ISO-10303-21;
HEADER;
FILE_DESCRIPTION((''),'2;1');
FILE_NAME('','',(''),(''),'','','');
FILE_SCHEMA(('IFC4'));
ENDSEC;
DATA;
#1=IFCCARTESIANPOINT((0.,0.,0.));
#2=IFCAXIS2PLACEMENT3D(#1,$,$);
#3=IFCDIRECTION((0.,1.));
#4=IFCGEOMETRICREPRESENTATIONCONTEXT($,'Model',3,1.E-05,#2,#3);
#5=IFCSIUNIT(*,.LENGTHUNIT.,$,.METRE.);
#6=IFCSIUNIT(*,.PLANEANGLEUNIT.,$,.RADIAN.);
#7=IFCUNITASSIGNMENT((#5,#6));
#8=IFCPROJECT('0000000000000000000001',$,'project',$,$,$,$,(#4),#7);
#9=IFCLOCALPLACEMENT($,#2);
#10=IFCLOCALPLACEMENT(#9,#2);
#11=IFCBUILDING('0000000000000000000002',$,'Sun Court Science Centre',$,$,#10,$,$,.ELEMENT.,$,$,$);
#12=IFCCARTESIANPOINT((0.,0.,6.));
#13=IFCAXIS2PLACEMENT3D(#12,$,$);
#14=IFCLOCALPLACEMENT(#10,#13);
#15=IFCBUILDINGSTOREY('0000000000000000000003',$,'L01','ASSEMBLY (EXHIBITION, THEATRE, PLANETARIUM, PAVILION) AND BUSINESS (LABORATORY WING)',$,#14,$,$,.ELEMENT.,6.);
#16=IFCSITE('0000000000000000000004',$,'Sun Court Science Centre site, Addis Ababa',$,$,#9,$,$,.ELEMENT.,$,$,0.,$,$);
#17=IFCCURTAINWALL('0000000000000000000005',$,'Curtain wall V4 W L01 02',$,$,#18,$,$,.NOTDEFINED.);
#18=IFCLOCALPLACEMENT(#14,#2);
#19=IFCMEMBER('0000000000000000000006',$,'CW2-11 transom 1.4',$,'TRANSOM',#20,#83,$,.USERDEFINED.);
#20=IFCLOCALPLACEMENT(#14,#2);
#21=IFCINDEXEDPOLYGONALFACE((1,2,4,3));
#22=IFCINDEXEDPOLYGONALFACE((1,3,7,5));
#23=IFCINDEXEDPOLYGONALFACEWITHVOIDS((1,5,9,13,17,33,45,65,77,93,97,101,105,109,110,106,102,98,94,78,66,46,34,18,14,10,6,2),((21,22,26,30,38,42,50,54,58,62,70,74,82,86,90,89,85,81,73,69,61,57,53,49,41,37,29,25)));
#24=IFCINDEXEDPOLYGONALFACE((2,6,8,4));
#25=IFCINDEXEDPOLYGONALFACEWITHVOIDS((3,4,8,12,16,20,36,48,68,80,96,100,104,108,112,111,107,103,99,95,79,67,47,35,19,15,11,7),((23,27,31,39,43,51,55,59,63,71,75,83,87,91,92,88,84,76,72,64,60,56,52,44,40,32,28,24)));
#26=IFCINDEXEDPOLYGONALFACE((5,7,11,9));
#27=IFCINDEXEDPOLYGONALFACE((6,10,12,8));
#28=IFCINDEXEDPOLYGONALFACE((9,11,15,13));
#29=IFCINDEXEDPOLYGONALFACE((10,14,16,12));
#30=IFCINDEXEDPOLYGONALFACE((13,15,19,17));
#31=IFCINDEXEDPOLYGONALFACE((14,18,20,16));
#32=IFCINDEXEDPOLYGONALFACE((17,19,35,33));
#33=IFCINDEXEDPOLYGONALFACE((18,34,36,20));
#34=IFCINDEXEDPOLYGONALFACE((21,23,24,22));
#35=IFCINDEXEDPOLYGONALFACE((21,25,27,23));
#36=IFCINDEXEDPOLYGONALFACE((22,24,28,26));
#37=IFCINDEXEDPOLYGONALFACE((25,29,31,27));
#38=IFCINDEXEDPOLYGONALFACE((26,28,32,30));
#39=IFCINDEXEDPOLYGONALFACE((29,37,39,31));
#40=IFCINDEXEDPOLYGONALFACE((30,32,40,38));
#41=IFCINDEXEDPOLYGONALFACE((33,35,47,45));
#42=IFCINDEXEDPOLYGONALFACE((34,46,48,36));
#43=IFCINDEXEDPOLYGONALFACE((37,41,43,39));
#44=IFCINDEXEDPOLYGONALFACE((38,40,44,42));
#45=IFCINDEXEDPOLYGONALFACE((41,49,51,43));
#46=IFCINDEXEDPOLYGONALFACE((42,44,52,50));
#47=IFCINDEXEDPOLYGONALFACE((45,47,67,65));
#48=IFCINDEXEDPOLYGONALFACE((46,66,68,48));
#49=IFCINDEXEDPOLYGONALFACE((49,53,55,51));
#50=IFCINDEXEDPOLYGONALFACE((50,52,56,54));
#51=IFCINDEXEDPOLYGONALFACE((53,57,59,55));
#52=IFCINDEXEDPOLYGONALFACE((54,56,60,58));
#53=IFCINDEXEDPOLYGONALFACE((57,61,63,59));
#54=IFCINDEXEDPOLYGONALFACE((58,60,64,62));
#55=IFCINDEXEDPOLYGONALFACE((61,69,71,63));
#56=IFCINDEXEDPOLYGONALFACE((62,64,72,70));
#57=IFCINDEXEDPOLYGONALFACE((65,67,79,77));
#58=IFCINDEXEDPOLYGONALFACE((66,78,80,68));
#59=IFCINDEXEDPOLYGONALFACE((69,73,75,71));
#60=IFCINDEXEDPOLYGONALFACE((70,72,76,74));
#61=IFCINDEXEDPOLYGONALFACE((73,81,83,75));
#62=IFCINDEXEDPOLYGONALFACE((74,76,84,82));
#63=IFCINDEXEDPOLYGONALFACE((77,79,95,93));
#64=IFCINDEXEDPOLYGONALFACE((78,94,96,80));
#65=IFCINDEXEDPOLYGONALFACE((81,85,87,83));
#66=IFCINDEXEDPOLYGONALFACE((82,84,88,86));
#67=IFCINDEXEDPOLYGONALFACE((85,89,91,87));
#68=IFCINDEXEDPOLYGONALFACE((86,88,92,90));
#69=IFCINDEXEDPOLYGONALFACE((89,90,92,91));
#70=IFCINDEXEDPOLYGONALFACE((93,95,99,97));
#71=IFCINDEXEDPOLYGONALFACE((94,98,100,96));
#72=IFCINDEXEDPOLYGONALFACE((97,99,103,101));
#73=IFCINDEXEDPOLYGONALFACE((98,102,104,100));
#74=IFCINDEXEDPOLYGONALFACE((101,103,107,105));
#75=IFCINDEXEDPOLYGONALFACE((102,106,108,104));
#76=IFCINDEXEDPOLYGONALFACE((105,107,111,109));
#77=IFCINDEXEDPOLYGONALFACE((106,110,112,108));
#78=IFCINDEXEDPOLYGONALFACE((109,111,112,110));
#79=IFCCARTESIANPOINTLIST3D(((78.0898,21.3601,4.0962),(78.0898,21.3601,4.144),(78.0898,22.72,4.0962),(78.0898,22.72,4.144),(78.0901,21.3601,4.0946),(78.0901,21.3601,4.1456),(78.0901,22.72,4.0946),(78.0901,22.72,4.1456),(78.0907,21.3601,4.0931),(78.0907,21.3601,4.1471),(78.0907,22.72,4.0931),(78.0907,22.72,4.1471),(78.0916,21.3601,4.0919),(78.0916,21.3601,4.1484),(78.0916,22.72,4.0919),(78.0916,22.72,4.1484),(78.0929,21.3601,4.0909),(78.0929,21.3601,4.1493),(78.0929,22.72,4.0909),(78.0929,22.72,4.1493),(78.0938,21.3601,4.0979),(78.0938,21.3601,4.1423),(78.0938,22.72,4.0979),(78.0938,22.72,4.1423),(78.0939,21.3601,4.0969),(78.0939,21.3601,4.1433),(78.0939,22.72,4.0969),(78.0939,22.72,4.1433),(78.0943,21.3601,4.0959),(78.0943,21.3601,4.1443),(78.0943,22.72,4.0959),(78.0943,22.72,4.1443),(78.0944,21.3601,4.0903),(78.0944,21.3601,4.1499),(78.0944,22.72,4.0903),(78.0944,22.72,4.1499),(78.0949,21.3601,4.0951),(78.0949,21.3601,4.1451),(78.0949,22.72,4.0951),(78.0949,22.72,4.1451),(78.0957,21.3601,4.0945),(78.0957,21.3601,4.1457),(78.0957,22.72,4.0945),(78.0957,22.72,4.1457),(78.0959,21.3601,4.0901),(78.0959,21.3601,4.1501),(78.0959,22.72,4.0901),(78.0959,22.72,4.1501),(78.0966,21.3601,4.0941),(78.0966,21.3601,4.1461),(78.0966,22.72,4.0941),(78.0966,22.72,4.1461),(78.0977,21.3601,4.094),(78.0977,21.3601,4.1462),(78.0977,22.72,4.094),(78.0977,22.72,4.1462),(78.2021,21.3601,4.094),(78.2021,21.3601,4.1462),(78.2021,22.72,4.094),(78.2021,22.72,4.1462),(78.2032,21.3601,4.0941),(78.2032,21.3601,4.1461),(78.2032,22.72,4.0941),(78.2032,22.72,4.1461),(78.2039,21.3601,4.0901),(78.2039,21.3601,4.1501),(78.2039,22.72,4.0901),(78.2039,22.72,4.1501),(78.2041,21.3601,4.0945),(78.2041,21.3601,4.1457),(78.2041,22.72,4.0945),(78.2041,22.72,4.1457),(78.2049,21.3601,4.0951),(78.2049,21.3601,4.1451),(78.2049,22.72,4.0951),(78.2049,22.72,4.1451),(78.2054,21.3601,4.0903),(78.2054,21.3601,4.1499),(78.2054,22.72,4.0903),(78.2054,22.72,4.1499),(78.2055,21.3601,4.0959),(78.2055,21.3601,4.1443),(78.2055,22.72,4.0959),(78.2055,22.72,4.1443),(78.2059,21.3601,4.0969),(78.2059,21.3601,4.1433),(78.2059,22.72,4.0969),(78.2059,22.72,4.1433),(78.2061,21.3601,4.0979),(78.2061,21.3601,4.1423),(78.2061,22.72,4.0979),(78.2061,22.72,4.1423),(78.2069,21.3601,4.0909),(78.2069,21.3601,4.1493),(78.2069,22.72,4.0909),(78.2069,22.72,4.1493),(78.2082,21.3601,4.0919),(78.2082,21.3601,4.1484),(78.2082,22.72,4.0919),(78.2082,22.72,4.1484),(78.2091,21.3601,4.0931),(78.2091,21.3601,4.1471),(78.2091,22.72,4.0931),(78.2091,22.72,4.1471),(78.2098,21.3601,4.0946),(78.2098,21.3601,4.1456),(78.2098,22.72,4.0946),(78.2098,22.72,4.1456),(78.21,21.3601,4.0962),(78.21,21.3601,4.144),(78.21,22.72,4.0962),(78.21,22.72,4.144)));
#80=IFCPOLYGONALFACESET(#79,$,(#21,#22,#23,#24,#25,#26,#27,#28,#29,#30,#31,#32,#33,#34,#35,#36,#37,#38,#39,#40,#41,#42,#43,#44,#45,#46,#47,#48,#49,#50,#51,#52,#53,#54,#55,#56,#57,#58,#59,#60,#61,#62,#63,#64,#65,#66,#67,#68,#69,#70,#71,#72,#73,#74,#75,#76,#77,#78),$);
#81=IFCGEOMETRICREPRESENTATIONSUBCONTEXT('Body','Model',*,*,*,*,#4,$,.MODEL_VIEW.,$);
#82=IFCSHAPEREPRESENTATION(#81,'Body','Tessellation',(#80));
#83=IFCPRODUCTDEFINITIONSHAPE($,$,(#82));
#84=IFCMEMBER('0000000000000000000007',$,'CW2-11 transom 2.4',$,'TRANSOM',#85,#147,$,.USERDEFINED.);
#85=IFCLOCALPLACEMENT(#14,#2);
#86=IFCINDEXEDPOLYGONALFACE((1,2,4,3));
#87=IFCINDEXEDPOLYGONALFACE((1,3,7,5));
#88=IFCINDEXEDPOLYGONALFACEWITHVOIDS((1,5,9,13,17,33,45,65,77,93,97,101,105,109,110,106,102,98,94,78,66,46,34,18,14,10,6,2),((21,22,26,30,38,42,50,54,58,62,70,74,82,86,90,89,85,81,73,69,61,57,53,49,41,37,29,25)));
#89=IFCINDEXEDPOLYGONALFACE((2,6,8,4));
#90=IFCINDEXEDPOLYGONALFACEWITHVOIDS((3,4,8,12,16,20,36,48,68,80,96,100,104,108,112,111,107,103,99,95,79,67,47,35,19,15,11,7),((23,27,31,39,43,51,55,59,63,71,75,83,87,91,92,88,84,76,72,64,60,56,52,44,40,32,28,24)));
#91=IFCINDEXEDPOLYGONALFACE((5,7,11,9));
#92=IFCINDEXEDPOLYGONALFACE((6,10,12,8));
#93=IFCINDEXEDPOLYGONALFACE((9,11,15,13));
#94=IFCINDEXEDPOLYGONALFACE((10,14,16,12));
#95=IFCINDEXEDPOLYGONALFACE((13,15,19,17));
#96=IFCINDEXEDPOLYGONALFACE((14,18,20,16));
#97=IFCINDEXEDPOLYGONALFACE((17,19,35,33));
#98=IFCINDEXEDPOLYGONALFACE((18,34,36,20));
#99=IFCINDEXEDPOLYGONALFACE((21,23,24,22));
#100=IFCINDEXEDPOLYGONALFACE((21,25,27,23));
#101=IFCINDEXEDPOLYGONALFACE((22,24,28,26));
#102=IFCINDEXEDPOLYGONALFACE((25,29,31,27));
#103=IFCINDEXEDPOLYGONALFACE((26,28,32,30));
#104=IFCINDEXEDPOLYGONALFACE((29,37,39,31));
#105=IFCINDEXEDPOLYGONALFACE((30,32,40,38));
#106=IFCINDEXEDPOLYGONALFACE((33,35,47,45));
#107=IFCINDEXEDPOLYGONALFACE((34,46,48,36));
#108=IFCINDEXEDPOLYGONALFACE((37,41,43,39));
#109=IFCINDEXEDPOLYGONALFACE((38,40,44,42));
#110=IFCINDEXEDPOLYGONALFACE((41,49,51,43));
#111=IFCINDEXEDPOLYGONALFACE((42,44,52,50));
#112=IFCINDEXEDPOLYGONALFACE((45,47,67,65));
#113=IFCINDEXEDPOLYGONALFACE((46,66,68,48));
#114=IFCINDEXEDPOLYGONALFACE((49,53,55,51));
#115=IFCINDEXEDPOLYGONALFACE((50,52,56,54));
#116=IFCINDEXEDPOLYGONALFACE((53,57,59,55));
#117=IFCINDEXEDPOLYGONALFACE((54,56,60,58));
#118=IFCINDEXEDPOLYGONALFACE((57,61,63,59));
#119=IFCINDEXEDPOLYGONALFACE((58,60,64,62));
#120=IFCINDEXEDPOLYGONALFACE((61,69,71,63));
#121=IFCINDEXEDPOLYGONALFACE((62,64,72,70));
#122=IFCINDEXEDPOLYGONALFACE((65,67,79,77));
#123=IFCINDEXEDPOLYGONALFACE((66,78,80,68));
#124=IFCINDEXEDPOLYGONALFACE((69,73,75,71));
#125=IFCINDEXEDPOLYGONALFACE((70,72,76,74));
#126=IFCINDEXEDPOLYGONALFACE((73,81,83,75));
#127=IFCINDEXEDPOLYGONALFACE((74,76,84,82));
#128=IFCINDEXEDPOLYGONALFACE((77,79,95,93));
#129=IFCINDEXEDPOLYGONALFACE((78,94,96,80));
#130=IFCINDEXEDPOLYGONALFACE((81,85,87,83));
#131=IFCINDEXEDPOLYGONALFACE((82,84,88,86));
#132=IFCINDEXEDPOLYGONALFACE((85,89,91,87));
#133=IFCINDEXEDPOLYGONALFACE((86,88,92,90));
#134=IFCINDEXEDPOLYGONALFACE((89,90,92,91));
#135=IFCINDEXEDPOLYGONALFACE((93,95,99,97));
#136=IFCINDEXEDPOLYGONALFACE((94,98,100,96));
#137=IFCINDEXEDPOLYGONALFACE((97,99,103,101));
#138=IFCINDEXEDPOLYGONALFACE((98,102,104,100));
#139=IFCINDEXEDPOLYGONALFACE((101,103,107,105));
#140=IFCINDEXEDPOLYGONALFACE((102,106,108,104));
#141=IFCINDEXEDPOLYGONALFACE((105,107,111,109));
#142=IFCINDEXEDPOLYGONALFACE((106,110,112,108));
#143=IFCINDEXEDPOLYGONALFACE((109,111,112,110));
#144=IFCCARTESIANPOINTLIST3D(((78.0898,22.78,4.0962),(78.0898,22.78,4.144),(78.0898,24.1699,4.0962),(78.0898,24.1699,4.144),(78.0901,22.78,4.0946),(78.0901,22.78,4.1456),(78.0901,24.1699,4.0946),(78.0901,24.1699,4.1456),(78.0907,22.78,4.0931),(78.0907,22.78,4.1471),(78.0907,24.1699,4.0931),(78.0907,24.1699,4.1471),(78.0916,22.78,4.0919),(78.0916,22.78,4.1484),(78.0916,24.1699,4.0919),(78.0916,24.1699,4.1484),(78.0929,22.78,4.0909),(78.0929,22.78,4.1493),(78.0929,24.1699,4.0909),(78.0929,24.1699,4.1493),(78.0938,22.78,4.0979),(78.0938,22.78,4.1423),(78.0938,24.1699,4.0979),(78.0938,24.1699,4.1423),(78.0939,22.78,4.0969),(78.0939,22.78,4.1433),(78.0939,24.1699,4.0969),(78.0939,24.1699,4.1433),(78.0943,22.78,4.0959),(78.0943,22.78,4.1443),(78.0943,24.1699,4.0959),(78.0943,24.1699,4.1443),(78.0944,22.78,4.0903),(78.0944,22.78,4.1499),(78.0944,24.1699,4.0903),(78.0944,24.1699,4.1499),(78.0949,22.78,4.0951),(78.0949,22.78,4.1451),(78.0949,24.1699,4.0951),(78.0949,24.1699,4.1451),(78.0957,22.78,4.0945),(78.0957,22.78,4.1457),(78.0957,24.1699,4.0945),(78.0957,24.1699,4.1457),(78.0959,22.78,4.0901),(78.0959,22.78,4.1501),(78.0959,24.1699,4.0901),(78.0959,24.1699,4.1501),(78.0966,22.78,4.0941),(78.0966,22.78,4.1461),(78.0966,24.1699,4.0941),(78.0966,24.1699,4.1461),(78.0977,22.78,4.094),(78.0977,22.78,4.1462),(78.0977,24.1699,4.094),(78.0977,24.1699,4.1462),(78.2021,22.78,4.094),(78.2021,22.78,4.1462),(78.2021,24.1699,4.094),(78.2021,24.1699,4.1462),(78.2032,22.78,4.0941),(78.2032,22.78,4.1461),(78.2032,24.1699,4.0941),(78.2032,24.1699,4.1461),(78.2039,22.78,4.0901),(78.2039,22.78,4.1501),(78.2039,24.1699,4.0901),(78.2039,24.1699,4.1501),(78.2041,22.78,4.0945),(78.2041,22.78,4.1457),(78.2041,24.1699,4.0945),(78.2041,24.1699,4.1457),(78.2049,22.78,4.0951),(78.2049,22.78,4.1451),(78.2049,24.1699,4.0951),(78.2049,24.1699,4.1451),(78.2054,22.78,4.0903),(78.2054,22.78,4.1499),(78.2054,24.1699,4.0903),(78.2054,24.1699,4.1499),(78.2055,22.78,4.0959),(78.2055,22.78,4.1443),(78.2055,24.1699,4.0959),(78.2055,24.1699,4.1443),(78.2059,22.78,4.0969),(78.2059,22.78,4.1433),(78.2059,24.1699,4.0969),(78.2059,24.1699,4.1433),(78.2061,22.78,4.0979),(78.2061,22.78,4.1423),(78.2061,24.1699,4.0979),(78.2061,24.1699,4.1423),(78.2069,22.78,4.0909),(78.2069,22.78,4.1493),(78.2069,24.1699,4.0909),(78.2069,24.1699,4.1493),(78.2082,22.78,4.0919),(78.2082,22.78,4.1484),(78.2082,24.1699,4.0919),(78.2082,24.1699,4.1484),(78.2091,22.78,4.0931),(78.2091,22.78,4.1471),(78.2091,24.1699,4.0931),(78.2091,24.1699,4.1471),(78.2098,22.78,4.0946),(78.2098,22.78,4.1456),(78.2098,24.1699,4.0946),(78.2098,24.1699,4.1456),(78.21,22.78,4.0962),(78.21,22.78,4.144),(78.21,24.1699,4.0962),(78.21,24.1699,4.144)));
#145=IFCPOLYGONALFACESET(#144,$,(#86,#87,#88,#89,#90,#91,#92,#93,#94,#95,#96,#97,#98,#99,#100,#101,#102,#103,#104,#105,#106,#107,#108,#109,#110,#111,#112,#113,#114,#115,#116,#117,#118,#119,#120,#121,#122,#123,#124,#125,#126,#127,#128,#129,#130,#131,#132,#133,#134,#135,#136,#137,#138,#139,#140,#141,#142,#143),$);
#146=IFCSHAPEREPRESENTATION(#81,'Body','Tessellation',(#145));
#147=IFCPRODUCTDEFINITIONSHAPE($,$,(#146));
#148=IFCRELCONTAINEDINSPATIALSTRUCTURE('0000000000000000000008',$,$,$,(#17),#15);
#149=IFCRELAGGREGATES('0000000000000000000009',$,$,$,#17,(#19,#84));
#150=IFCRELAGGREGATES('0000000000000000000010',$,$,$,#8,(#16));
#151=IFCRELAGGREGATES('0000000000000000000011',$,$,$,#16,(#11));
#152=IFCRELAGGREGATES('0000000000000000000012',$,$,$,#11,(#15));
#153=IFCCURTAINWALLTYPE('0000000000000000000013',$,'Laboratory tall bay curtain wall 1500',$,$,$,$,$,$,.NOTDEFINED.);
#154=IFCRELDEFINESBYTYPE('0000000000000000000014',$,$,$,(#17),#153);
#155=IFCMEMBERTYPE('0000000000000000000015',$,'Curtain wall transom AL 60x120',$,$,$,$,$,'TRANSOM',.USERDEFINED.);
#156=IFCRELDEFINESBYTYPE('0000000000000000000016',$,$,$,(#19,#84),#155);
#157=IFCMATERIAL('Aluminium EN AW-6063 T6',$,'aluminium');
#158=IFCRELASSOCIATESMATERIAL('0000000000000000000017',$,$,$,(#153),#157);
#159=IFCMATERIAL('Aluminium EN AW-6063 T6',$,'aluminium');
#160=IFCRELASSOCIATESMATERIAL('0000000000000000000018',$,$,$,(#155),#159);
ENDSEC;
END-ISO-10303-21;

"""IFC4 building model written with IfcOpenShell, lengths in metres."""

from ifc_helpers import new_model, si_unit, direction, frame, origin, origin_2d, place, context, subcontext, project, spatial, hollow_rectangle, extrude, material, material_profile, profile_set, type_object, element, aggregate, save


model = new_model("IFC4")

# Units and contexts
model_context = context("Model", 3, precision=1e-05, world=origin(), true_north=direction((0.0, 1.0)))
body_context = subcontext(model_context, "Body", "Model", "MODEL_VIEW")
ifc_project = project(units=[si_unit("LENGTHUNIT", "METRE"), si_unit("PLANEANGLEUNIT", "RADIAN")], contexts=[model_context])

# Site, building, storey
site_placement = place(None, origin())
site = spatial("IfcSite", under=ifc_project, at=site_placement, Name="Sun Court Science Centre site, Addis Ababa", CompositionType="ELEMENT", RefElevation=0.0)
building_placement = place(site_placement, origin())
building = spatial("IfcBuilding", under=site, at=building_placement, Name="Sun Court Science Centre", CompositionType="ELEMENT")
storey_placement = place(building_placement, frame((0.0, 0.0, 6.0)))
storey = spatial("IfcBuildingStorey", under=building, at=storey_placement, Name="L01", Description="ASSEMBLY (EXHIBITION, THEATRE, PLANETARIUM, PAVILION) AND BUSINESS (LABORATORY WING)", CompositionType="ELEMENT", Elevation=6.0)

# Curtain wall
ifc_material_1 = material(Name="Aluminium EN AW-6063 T6", Category="aluminium")
curtain_wall_type = type_object("IfcCurtainWallType", Name="Laboratory tall bay curtain wall 1500", PredefinedType="NOTDEFINED", material=ifc_material_1)
curtain_wall_1_placement = place(storey_placement, origin())
curtain_wall_1 = element("IfcCurtainWall", 1, at=curtain_wall_1_placement, inside=storey, type_object=curtain_wall_type, Name="Curtain wall V4 W L01 02", PredefinedType="NOTDEFINED")

# Members
ifc_material_2 = material(Name="Aluminium EN AW-6063 T6", Category="aluminium")
ifc_material_profile_1 = material_profile(ifc_material_2, hollow_rectangle(XDim=0.0601, YDim=0.1201, WallThickness=0.0039, InnerFilletRadius=0.0039, OuterFilletRadius=0.0061, at=origin_2d()), Name="AL 60x120x4")
ifc_profile_set_1 = profile_set([ifc_material_profile_1], Name="Aluminium EN AW-6063 T6")
member_type_1 = type_object("IfcMemberType", Name="Curtain wall transom AL 60x120", ElementType="TRANSOM", PredefinedType="USERDEFINED", material=ifc_profile_set_1)
member_1_placement = place(storey_placement, frame((78.1499, 21.3601, 4.1201), z_axis=(0.0, 1.0, 0.0), x_axis=(0.0, 0.0, 1.0)))
member_1 = element("IfcMember", 2, at=member_1_placement, type_object=member_type_1, Name="CW2-11 transom 1.4", ObjectType="TRANSOM", PredefinedType="USERDEFINED", context=body_context, shape_type="SweptSolid", body=[
    extrude(hollow_rectangle(XDim=0.0601, YDim=0.1201, WallThickness=0.0039, InnerFilletRadius=0.0039, OuterFilletRadius=0.0061, at=origin_2d()), origin(), (0.0, 0.0, 1.0), 1.3599),
])
member_2_placement = place(storey_placement, frame((78.1499, 22.78, 4.1201), z_axis=(0.0, 1.0, 0.0), x_axis=(0.0, 0.0, 1.0)))
member_2 = element("IfcMember", 3, at=member_2_placement, type_object=member_type_1, Name="CW2-11 transom 2.4", ObjectType="TRANSOM", PredefinedType="USERDEFINED", context=body_context, shape_type="SweptSolid", body=[
    extrude(hollow_rectangle(XDim=0.0601, YDim=0.1201, WallThickness=0.0039, InnerFilletRadius=0.0039, OuterFilletRadius=0.0061, at=origin_2d()), origin(), (0.0, 0.0, 1.0), 1.3899),
])

aggregate(curtain_wall_1, [member_1, member_2])

save(model, "model.ifc")
